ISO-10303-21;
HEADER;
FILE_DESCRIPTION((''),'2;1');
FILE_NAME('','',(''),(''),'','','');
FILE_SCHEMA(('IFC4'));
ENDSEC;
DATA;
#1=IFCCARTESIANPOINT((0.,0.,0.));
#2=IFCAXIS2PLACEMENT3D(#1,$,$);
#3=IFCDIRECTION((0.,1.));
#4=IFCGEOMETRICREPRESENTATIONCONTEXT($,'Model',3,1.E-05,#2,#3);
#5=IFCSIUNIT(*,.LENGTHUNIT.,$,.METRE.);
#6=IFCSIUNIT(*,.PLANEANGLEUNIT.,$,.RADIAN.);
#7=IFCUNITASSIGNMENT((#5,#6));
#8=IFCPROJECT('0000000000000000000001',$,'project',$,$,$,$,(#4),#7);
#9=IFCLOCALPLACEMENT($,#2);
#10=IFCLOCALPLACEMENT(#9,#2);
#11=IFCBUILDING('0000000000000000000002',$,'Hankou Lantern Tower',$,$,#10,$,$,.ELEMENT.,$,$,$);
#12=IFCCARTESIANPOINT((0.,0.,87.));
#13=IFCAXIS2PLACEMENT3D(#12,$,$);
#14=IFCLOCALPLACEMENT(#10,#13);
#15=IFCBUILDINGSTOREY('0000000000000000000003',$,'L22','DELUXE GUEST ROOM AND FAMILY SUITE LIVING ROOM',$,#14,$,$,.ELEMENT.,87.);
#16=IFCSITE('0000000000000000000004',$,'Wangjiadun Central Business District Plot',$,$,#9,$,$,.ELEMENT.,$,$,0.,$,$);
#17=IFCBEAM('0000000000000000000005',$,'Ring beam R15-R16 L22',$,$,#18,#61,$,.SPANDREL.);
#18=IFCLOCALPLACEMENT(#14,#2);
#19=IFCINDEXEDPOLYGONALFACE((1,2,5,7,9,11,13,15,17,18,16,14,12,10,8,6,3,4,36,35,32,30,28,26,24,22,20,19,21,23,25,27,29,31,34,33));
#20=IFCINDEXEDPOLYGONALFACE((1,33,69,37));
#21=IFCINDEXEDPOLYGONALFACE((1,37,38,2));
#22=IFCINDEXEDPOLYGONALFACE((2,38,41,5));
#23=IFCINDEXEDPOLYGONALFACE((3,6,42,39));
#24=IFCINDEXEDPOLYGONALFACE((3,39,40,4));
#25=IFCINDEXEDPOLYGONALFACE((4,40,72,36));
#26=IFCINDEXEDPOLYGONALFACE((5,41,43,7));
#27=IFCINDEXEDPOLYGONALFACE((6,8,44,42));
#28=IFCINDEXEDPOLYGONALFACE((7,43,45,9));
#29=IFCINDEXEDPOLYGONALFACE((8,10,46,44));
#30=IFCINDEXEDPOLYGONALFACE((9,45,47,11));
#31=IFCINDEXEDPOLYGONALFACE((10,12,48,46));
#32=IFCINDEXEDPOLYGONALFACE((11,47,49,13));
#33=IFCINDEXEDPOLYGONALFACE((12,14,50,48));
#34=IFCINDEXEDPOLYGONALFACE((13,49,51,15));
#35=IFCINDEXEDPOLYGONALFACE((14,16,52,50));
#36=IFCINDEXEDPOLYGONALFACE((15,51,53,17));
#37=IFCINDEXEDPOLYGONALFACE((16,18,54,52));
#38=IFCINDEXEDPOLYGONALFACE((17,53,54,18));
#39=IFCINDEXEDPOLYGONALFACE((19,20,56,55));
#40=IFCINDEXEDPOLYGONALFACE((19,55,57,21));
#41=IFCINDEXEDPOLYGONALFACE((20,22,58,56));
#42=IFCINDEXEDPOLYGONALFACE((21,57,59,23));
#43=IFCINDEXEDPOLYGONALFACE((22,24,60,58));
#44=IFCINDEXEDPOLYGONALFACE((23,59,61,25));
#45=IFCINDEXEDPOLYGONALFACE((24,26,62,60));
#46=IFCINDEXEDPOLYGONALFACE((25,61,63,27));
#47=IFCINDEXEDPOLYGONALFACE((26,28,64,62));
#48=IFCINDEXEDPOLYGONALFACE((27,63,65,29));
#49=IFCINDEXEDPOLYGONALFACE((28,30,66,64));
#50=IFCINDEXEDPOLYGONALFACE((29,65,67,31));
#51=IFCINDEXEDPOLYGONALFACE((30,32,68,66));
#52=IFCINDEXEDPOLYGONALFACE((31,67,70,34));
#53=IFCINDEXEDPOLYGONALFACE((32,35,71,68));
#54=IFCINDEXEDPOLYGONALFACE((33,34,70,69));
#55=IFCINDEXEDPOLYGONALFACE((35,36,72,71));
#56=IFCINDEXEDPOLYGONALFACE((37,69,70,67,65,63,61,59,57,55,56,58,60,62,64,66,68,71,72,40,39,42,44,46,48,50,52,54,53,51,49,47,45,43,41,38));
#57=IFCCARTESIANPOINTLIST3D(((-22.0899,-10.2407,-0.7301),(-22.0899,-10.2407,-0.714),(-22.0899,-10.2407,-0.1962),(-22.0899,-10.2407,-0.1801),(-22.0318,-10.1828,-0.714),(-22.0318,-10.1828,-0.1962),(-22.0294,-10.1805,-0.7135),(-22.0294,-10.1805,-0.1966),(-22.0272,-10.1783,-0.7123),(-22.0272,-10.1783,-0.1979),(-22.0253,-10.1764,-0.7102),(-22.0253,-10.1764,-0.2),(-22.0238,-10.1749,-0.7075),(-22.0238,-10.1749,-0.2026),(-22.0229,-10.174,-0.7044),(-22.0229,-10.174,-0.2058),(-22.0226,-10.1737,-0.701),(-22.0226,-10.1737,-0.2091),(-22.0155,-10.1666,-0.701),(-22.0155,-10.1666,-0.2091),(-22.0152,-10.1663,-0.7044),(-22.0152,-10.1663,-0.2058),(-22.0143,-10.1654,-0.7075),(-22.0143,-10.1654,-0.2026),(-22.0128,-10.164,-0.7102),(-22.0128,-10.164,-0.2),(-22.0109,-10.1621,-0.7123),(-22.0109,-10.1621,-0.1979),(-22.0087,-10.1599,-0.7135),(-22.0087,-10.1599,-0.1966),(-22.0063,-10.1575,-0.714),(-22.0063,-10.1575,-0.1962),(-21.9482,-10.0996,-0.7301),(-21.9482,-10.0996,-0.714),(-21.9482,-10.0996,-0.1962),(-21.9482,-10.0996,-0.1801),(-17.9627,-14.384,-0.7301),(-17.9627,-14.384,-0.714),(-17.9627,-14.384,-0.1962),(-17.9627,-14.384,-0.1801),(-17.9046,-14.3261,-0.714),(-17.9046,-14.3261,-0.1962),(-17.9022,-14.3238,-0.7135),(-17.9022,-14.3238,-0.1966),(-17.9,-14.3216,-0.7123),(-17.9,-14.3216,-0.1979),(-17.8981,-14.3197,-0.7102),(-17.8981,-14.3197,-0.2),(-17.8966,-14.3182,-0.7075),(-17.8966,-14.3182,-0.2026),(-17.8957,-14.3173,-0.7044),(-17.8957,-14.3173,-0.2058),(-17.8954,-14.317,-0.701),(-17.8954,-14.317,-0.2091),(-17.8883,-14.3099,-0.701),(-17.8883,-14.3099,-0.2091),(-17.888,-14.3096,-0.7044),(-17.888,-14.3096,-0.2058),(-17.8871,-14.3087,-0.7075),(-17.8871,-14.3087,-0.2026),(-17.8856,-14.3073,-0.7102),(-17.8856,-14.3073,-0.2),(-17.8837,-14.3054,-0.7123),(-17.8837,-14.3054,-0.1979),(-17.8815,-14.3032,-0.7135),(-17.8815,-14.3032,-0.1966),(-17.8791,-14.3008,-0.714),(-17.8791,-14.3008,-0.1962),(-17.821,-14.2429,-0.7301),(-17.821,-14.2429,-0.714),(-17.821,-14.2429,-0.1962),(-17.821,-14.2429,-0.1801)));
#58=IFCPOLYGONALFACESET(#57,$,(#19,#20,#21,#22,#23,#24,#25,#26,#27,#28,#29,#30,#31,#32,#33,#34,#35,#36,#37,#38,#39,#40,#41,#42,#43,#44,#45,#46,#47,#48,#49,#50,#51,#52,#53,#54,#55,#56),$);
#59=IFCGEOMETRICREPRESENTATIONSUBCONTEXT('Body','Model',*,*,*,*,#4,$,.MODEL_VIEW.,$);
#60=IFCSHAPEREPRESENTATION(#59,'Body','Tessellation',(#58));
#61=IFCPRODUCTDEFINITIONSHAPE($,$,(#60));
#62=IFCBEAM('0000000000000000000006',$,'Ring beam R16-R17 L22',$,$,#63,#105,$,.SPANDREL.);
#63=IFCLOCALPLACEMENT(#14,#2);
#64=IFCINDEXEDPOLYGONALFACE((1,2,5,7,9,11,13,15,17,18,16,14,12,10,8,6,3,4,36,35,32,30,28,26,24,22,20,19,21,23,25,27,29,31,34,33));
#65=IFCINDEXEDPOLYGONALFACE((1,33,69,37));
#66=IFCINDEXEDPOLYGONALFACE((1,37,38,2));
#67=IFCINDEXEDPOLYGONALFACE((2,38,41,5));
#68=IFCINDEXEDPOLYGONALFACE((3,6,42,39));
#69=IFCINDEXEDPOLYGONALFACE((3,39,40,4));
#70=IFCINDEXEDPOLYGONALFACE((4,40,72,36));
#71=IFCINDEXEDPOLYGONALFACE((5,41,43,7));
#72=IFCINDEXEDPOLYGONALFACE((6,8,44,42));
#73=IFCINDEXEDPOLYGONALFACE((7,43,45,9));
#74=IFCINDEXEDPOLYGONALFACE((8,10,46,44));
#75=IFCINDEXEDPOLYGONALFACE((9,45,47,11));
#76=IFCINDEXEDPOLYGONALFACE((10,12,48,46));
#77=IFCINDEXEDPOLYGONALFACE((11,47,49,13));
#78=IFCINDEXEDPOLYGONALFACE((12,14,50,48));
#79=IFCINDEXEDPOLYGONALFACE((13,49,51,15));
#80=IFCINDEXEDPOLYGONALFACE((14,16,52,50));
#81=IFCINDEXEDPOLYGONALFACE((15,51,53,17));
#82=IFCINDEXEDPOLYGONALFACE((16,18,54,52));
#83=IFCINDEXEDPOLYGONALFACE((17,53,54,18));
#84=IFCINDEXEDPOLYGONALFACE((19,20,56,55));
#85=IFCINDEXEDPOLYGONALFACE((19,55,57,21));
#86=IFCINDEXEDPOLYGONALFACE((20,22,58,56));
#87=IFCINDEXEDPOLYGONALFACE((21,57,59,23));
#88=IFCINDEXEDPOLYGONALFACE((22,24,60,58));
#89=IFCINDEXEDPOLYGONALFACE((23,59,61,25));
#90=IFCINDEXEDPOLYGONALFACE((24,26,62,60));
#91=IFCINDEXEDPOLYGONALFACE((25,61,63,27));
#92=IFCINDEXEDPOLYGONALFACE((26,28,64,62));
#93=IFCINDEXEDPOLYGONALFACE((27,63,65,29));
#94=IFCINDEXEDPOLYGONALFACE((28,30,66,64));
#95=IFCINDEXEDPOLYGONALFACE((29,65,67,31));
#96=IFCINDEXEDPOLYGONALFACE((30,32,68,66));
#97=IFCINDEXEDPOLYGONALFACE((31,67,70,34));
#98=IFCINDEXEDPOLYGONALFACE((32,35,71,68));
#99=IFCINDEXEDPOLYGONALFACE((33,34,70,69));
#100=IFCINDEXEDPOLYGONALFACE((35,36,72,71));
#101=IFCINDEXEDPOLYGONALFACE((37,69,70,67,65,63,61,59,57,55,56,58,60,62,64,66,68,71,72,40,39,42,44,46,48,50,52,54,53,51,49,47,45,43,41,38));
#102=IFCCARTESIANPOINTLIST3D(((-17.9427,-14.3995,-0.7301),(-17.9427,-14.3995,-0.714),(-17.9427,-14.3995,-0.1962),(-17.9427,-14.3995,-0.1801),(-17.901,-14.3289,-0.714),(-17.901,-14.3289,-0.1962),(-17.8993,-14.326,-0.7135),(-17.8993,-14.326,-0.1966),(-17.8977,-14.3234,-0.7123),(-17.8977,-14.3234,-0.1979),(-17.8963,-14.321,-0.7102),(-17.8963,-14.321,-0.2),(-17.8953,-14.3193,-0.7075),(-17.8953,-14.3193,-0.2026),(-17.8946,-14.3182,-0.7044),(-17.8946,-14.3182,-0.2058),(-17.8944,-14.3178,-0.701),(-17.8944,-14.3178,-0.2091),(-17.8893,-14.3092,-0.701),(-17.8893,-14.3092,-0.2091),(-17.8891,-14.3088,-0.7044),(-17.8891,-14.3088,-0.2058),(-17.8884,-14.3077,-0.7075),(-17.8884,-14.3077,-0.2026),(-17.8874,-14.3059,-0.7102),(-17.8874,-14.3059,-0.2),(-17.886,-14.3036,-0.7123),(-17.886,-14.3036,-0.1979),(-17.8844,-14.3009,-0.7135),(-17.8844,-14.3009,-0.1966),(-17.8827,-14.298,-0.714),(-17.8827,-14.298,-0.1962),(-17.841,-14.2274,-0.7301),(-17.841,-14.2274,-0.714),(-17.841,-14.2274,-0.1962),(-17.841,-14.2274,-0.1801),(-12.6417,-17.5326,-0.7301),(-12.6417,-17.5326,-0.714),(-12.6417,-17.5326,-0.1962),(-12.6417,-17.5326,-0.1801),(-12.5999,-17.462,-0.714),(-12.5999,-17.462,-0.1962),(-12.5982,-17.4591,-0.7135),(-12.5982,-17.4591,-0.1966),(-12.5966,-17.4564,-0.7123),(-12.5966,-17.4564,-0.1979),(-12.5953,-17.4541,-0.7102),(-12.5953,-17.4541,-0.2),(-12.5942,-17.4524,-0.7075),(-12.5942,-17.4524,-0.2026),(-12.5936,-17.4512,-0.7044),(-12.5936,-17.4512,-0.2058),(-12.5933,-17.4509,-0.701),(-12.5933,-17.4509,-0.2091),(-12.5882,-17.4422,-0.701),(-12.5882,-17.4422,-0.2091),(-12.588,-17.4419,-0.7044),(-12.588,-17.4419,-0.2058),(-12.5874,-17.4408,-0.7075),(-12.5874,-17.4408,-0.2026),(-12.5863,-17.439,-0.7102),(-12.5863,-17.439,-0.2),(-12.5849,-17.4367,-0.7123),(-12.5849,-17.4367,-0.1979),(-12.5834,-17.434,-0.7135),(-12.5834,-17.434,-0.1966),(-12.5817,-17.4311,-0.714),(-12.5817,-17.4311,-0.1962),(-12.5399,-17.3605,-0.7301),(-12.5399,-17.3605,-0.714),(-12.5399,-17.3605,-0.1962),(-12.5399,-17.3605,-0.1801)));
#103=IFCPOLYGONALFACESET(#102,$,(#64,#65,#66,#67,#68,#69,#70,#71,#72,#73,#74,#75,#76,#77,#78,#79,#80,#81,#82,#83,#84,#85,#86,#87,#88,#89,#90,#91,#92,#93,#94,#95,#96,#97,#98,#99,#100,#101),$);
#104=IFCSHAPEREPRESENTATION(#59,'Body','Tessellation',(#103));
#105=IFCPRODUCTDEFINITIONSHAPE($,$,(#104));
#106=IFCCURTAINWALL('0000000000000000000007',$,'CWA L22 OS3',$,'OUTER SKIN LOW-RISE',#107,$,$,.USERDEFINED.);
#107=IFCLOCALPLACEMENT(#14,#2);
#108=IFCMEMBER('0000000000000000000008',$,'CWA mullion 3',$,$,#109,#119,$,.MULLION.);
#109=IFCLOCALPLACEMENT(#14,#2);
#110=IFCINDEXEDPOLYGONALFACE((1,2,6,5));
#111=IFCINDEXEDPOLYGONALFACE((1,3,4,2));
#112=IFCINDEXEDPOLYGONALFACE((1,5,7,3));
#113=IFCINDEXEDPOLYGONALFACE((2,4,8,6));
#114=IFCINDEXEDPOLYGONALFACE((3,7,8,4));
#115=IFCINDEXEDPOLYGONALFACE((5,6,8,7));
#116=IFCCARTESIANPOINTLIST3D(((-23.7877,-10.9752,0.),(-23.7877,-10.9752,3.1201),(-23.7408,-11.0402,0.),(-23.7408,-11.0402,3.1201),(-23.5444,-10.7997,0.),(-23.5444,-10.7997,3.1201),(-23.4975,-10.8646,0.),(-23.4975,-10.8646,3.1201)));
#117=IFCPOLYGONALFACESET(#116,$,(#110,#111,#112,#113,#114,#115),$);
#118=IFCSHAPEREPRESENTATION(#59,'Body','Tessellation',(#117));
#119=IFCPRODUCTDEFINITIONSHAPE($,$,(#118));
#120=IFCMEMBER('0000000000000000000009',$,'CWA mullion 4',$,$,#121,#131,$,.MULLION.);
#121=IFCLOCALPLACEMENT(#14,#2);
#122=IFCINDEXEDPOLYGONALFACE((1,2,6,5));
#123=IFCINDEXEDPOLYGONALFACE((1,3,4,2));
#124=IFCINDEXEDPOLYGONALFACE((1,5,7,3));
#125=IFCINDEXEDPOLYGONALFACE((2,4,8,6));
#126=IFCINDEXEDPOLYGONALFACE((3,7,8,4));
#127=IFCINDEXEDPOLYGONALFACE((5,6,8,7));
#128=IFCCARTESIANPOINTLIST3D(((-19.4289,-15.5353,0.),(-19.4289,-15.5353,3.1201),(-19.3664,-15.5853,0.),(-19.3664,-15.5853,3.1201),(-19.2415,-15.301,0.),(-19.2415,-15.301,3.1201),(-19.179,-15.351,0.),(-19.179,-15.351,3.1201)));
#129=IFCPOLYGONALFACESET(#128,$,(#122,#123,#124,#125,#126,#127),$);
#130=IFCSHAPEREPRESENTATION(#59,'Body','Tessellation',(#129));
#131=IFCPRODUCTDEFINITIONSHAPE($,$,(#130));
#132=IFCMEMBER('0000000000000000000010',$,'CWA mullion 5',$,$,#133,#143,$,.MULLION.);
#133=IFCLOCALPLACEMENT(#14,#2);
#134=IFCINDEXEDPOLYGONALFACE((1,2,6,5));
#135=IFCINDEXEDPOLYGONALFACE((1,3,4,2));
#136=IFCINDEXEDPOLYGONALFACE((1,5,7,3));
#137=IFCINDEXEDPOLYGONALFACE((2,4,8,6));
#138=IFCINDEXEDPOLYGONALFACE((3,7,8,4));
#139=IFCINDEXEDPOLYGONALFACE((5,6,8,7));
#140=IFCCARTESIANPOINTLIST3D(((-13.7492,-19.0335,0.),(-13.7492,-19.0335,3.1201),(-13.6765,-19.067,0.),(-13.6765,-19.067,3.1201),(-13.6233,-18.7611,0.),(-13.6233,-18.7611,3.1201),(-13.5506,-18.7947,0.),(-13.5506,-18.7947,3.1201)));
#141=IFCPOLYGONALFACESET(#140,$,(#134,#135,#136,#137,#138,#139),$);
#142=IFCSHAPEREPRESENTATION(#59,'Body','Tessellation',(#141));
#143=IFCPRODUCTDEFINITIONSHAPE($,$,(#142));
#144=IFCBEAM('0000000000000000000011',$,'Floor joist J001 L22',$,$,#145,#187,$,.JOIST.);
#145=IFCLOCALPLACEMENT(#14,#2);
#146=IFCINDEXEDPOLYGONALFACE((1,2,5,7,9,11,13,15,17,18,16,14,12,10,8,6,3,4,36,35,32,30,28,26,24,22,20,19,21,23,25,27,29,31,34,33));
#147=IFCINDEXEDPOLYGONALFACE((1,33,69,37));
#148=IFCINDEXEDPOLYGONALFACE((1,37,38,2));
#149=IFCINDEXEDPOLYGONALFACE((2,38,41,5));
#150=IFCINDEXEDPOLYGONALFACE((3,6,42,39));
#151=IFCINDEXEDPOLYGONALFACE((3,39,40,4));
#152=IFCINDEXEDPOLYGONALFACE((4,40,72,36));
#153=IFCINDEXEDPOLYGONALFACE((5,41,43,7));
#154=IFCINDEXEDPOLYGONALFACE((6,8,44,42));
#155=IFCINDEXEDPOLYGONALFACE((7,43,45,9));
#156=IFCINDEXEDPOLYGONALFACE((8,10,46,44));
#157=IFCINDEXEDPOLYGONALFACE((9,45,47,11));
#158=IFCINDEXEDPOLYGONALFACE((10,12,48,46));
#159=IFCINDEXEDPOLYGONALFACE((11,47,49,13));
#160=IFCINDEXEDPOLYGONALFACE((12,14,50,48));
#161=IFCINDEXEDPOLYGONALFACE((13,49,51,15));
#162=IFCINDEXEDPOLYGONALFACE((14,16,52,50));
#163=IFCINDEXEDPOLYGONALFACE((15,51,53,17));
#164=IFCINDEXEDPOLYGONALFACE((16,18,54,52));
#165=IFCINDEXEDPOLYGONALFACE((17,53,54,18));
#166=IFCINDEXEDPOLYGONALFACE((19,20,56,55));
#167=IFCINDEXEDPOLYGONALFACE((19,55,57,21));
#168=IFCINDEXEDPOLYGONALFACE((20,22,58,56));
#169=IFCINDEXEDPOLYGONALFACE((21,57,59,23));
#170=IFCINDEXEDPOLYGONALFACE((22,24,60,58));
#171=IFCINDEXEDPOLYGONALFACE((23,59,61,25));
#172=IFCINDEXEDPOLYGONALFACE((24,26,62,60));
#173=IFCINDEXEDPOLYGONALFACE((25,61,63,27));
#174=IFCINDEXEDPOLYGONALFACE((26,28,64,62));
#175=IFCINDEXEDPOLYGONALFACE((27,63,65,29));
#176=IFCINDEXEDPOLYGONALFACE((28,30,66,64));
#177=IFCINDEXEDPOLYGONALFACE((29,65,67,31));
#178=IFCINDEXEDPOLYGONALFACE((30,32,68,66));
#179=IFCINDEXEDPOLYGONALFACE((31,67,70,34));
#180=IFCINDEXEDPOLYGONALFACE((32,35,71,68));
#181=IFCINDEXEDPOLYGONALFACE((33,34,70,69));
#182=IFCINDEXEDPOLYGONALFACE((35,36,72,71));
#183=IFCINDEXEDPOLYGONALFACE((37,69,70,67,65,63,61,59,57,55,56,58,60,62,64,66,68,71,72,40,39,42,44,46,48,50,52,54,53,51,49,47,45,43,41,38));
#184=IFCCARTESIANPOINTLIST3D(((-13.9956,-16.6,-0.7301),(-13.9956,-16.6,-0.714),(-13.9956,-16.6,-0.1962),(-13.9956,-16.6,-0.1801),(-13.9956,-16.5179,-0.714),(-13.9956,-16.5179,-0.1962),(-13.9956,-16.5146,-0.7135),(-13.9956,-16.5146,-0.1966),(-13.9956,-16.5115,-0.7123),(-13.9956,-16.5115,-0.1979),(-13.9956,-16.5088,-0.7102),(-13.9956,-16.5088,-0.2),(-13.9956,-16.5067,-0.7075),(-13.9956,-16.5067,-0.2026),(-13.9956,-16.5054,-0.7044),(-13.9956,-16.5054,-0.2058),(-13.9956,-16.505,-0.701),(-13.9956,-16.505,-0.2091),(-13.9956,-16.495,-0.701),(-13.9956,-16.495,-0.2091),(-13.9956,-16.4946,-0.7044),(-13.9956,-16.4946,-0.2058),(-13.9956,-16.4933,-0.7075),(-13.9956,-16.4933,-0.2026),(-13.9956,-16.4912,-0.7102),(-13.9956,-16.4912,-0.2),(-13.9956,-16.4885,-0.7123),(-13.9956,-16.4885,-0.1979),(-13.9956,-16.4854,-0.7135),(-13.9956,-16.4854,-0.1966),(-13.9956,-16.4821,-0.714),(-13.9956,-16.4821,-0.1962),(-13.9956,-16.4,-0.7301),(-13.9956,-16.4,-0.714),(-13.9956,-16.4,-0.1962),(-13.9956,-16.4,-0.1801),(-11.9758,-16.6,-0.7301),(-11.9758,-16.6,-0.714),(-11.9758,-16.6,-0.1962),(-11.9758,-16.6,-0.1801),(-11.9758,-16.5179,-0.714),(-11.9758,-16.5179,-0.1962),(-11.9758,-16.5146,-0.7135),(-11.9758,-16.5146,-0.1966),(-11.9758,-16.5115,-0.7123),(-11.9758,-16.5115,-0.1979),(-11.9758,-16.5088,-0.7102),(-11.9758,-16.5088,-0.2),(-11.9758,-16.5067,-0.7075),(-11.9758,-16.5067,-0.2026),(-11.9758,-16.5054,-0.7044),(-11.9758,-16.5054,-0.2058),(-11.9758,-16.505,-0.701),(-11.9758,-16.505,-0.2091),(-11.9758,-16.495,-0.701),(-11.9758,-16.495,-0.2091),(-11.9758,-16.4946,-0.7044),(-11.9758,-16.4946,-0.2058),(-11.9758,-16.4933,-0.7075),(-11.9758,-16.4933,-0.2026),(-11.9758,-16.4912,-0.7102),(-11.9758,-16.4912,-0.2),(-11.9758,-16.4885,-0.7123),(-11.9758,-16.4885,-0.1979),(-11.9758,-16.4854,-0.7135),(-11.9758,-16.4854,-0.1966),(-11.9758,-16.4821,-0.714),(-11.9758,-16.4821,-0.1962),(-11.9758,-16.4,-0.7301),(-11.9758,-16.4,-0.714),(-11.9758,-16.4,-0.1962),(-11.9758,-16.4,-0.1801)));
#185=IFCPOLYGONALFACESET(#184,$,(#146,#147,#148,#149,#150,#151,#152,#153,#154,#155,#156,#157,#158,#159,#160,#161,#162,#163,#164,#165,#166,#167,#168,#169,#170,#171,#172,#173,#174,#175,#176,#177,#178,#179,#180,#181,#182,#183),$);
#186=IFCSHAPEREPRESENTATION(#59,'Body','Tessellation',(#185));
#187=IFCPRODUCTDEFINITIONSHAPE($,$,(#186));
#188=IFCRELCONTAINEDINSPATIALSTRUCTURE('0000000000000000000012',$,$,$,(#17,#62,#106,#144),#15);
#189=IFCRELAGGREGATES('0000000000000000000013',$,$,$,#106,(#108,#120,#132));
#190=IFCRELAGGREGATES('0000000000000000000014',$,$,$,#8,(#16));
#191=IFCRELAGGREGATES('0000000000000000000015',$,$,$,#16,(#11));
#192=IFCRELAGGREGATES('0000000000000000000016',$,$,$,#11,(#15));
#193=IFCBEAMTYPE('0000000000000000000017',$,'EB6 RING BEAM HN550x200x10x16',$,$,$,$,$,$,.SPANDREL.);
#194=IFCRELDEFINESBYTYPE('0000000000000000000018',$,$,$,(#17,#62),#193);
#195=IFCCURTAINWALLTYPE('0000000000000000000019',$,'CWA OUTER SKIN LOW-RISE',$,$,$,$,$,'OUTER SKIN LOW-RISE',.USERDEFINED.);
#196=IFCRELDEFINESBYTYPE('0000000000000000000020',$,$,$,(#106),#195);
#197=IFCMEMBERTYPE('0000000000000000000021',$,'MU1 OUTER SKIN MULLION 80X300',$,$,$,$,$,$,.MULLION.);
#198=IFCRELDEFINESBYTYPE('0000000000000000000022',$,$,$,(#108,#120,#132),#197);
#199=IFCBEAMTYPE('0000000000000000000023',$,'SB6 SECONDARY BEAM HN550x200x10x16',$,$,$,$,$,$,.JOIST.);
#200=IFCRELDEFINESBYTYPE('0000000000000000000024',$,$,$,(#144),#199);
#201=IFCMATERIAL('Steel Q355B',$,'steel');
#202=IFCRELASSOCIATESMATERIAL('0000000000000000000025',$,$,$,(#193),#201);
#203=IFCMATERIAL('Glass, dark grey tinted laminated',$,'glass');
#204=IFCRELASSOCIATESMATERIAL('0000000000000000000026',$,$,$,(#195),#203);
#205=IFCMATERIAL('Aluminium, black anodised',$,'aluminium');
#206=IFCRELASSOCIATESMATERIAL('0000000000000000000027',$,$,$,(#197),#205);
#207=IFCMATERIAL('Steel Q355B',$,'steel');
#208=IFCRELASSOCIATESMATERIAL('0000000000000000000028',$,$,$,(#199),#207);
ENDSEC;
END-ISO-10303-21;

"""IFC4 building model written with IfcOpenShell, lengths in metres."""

from ifc_helpers import new_model, si_unit, direction, frame, origin, origin_2d, place, context, subcontext, project, spatial, rectangle, i_section, extrude, material, material_profile, profile_set, type_object, element, aggregate, save


model = new_model("IFC4")

# Units and contexts
model_context = context("Model", 3, precision=1e-05, world=origin(), true_north=direction((0.0, 1.0)))
body_context = subcontext(model_context, "Body", "Model", "MODEL_VIEW")
ifc_project = project(units=[si_unit("LENGTHUNIT", "METRE"), si_unit("PLANEANGLEUNIT", "RADIAN")], contexts=[model_context])

# Site, building, storey
site_placement = place(None, origin())
site = spatial("IfcSite", under=ifc_project, at=site_placement, Name="Wangjiadun Central Business District Plot", CompositionType="ELEMENT", RefElevation=0.0)
building_placement = place(site_placement, origin())
building = spatial("IfcBuilding", under=site, at=building_placement, Name="Hankou Lantern Tower", CompositionType="ELEMENT")
storey_placement = place(building_placement, frame((0.0, 0.0, 87.0)))
storey = spatial("IfcBuildingStorey", under=building, at=storey_placement, Name="L22", Description="DELUXE GUEST ROOM AND FAMILY SUITE LIVING ROOM", CompositionType="ELEMENT", Elevation=87.0)

# Beams
ifc_material_1 = material(Name="Steel Q355B", Category="steel")
ifc_material_profile_1 = material_profile(ifc_material_1, i_section(OverallWidth=0.2, OverallDepth=0.55, WebThickness=0.01, FlangeThickness=0.0161, FilletRadius=0.0129, at=origin_2d()), Name="HN550x200x10x16")
ifc_profile_set_1 = profile_set([ifc_material_profile_1], Name="Steel Q355B")
beam_type_1 = type_object("IfcBeamType", Name="EB6 RING BEAM HN550x200x10x16", PredefinedType="SPANDREL", material=ifc_profile_set_1)
beam_1_placement = place(storey_placement, frame((-22.019, -10.1702, -0.4551), z_axis=(0.705728, -0.708483, 0.0), x_axis=(0.708483, 0.705728, 0.0)))
element("IfcBeam", 1, at=beam_1_placement, inside=storey, type_object=beam_type_1, Name="Ring beam R15-R16 L22", PredefinedType="SPANDREL", context=body_context, shape_type="SweptSolid", body=[
    extrude(i_section(OverallWidth=0.2, OverallDepth=0.55, WebThickness=0.01, FlangeThickness=0.0161, FilletRadius=0.0129, at=origin_2d()), origin(), (0.0, 0.0, 1.0), 5.8481),
])
beam_2_placement = place(storey_placement, frame((-17.8918, -14.3135, -0.4551), z_axis=(0.860882, -0.508805, 0.0), x_axis=(0.508805, 0.860882, 0.0)))
element("IfcBeam", 2, at=beam_2_placement, inside=storey, type_object=beam_type_1, Name="Ring beam R16-R17 L22", PredefinedType="SPANDREL", context=body_context, shape_type="SweptSolid", body=[
    extrude(i_section(OverallWidth=0.2, OverallDepth=0.55, WebThickness=0.01, FlangeThickness=0.0161, FilletRadius=0.0129, at=origin_2d()), origin(), (0.0, 0.0, 1.0), 6.1577),
])

# Curtain wall, members
ifc_material_2 = material(Name="Glass, dark grey tinted laminated", Category="glass")
curtain_wall_type = type_object("IfcCurtainWallType", Name="CWA OUTER SKIN LOW-RISE", ElementType="OUTER SKIN LOW-RISE", PredefinedType="USERDEFINED", material=ifc_material_2)
curtain_wall_placement = place(storey_placement, origin())
curtain_wall = element("IfcCurtainWall", 3, at=curtain_wall_placement, inside=storey, type_object=curtain_wall_type, Name="CWA L22 OS3", ObjectType="OUTER SKIN LOW-RISE", PredefinedType="USERDEFINED")
ifc_material_3 = material(Name="Aluminium, black anodised", Category="aluminium")
ifc_material_profile_2 = material_profile(ifc_material_3, rectangle(XDim=0.0801, YDim=0.3, at=origin_2d()), Name="MU1 80X300")
ifc_profile_set_2 = profile_set([ifc_material_profile_2], Name="Aluminium, black anodised")
member_type_1 = type_object("IfcMemberType", Name="MU1 OUTER SKIN MULLION 80X300", PredefinedType="MULLION", material=ifc_profile_set_2)
member_1_placement = place(storey_placement, frame((-23.6426, -10.9199, 0.0), z_axis=(0.0, 0.0, 1.0), x_axis=(0.585206, -0.810885, 0.0)))
member_1 = element("IfcMember", 4, at=member_1_placement, type_object=member_type_1, Name="CWA mullion 3", PredefinedType="MULLION", context=body_context, shape_type="SweptSolid", body=[
    extrude(rectangle(XDim=0.0801, YDim=0.3, at=origin_2d()), origin(), (0.0, 0.0, 1.0), 3.1201),
])
member_2_placement = place(storey_placement, frame((-19.304, -15.4431, 0.0), z_axis=(0.0, 0.0, 1.0), x_axis=(0.780869, -0.624695, 0.0)))
member_2 = element("IfcMember", 5, at=member_2_placement, type_object=member_type_1, Name="CWA mullion 4", PredefinedType="MULLION", context=body_context, shape_type="SweptSolid", body=[
    extrude(rectangle(XDim=0.0801, YDim=0.3, at=origin_2d()), origin(), (0.0, 0.0, 1.0), 3.1201),
])
member_3_placement = place(storey_placement, frame((-13.6499, -18.9141, 0.0), z_axis=(0.0, 0.0, 1.0), x_axis=(0.907841, -0.419314, 0.0)))
member_3 = element("IfcMember", 6, at=member_3_placement, type_object=member_type_1, Name="CWA mullion 5", PredefinedType="MULLION", context=body_context, shape_type="SweptSolid", body=[
    extrude(rectangle(XDim=0.0801, YDim=0.3, at=origin_2d()), origin(), (0.0, 0.0, 1.0), 3.1201),
])

# Beam
ifc_material_4 = material(Name="Steel Q355B", Category="steel")
ifc_material_profile_3 = material_profile(ifc_material_4, i_section(OverallWidth=0.2, OverallDepth=0.55, WebThickness=0.01, FlangeThickness=0.0161, FilletRadius=0.0129, at=origin_2d()), Name="HN550x200x10x16")
ifc_profile_set_3 = profile_set([ifc_material_profile_3], Name="Steel Q355B")
beam_type_2 = type_object("IfcBeamType", Name="SB6 SECONDARY BEAM HN550x200x10x16", PredefinedType="JOIST", material=ifc_profile_set_3)
beam_3_placement = place(storey_placement, frame((-13.9956, -16.5, -0.4551), z_axis=(1.0, 0.0, 0.0), x_axis=(0.0, 1.0, 0.0)))
element("IfcBeam", 7, at=beam_3_placement, inside=storey, type_object=beam_type_2, Name="Floor joist J001 L22", PredefinedType="JOIST", context=body_context, shape_type="SweptSolid", body=[
    extrude(i_section(OverallWidth=0.2, OverallDepth=0.55, WebThickness=0.01, FlangeThickness=0.0161, FilletRadius=0.0129, at=origin_2d()), origin(), (0.0, 0.0, 1.0), 2.0198),
])

aggregate(curtain_wall, [member_1, member_2, member_3])

save(model, "model.ifc")
